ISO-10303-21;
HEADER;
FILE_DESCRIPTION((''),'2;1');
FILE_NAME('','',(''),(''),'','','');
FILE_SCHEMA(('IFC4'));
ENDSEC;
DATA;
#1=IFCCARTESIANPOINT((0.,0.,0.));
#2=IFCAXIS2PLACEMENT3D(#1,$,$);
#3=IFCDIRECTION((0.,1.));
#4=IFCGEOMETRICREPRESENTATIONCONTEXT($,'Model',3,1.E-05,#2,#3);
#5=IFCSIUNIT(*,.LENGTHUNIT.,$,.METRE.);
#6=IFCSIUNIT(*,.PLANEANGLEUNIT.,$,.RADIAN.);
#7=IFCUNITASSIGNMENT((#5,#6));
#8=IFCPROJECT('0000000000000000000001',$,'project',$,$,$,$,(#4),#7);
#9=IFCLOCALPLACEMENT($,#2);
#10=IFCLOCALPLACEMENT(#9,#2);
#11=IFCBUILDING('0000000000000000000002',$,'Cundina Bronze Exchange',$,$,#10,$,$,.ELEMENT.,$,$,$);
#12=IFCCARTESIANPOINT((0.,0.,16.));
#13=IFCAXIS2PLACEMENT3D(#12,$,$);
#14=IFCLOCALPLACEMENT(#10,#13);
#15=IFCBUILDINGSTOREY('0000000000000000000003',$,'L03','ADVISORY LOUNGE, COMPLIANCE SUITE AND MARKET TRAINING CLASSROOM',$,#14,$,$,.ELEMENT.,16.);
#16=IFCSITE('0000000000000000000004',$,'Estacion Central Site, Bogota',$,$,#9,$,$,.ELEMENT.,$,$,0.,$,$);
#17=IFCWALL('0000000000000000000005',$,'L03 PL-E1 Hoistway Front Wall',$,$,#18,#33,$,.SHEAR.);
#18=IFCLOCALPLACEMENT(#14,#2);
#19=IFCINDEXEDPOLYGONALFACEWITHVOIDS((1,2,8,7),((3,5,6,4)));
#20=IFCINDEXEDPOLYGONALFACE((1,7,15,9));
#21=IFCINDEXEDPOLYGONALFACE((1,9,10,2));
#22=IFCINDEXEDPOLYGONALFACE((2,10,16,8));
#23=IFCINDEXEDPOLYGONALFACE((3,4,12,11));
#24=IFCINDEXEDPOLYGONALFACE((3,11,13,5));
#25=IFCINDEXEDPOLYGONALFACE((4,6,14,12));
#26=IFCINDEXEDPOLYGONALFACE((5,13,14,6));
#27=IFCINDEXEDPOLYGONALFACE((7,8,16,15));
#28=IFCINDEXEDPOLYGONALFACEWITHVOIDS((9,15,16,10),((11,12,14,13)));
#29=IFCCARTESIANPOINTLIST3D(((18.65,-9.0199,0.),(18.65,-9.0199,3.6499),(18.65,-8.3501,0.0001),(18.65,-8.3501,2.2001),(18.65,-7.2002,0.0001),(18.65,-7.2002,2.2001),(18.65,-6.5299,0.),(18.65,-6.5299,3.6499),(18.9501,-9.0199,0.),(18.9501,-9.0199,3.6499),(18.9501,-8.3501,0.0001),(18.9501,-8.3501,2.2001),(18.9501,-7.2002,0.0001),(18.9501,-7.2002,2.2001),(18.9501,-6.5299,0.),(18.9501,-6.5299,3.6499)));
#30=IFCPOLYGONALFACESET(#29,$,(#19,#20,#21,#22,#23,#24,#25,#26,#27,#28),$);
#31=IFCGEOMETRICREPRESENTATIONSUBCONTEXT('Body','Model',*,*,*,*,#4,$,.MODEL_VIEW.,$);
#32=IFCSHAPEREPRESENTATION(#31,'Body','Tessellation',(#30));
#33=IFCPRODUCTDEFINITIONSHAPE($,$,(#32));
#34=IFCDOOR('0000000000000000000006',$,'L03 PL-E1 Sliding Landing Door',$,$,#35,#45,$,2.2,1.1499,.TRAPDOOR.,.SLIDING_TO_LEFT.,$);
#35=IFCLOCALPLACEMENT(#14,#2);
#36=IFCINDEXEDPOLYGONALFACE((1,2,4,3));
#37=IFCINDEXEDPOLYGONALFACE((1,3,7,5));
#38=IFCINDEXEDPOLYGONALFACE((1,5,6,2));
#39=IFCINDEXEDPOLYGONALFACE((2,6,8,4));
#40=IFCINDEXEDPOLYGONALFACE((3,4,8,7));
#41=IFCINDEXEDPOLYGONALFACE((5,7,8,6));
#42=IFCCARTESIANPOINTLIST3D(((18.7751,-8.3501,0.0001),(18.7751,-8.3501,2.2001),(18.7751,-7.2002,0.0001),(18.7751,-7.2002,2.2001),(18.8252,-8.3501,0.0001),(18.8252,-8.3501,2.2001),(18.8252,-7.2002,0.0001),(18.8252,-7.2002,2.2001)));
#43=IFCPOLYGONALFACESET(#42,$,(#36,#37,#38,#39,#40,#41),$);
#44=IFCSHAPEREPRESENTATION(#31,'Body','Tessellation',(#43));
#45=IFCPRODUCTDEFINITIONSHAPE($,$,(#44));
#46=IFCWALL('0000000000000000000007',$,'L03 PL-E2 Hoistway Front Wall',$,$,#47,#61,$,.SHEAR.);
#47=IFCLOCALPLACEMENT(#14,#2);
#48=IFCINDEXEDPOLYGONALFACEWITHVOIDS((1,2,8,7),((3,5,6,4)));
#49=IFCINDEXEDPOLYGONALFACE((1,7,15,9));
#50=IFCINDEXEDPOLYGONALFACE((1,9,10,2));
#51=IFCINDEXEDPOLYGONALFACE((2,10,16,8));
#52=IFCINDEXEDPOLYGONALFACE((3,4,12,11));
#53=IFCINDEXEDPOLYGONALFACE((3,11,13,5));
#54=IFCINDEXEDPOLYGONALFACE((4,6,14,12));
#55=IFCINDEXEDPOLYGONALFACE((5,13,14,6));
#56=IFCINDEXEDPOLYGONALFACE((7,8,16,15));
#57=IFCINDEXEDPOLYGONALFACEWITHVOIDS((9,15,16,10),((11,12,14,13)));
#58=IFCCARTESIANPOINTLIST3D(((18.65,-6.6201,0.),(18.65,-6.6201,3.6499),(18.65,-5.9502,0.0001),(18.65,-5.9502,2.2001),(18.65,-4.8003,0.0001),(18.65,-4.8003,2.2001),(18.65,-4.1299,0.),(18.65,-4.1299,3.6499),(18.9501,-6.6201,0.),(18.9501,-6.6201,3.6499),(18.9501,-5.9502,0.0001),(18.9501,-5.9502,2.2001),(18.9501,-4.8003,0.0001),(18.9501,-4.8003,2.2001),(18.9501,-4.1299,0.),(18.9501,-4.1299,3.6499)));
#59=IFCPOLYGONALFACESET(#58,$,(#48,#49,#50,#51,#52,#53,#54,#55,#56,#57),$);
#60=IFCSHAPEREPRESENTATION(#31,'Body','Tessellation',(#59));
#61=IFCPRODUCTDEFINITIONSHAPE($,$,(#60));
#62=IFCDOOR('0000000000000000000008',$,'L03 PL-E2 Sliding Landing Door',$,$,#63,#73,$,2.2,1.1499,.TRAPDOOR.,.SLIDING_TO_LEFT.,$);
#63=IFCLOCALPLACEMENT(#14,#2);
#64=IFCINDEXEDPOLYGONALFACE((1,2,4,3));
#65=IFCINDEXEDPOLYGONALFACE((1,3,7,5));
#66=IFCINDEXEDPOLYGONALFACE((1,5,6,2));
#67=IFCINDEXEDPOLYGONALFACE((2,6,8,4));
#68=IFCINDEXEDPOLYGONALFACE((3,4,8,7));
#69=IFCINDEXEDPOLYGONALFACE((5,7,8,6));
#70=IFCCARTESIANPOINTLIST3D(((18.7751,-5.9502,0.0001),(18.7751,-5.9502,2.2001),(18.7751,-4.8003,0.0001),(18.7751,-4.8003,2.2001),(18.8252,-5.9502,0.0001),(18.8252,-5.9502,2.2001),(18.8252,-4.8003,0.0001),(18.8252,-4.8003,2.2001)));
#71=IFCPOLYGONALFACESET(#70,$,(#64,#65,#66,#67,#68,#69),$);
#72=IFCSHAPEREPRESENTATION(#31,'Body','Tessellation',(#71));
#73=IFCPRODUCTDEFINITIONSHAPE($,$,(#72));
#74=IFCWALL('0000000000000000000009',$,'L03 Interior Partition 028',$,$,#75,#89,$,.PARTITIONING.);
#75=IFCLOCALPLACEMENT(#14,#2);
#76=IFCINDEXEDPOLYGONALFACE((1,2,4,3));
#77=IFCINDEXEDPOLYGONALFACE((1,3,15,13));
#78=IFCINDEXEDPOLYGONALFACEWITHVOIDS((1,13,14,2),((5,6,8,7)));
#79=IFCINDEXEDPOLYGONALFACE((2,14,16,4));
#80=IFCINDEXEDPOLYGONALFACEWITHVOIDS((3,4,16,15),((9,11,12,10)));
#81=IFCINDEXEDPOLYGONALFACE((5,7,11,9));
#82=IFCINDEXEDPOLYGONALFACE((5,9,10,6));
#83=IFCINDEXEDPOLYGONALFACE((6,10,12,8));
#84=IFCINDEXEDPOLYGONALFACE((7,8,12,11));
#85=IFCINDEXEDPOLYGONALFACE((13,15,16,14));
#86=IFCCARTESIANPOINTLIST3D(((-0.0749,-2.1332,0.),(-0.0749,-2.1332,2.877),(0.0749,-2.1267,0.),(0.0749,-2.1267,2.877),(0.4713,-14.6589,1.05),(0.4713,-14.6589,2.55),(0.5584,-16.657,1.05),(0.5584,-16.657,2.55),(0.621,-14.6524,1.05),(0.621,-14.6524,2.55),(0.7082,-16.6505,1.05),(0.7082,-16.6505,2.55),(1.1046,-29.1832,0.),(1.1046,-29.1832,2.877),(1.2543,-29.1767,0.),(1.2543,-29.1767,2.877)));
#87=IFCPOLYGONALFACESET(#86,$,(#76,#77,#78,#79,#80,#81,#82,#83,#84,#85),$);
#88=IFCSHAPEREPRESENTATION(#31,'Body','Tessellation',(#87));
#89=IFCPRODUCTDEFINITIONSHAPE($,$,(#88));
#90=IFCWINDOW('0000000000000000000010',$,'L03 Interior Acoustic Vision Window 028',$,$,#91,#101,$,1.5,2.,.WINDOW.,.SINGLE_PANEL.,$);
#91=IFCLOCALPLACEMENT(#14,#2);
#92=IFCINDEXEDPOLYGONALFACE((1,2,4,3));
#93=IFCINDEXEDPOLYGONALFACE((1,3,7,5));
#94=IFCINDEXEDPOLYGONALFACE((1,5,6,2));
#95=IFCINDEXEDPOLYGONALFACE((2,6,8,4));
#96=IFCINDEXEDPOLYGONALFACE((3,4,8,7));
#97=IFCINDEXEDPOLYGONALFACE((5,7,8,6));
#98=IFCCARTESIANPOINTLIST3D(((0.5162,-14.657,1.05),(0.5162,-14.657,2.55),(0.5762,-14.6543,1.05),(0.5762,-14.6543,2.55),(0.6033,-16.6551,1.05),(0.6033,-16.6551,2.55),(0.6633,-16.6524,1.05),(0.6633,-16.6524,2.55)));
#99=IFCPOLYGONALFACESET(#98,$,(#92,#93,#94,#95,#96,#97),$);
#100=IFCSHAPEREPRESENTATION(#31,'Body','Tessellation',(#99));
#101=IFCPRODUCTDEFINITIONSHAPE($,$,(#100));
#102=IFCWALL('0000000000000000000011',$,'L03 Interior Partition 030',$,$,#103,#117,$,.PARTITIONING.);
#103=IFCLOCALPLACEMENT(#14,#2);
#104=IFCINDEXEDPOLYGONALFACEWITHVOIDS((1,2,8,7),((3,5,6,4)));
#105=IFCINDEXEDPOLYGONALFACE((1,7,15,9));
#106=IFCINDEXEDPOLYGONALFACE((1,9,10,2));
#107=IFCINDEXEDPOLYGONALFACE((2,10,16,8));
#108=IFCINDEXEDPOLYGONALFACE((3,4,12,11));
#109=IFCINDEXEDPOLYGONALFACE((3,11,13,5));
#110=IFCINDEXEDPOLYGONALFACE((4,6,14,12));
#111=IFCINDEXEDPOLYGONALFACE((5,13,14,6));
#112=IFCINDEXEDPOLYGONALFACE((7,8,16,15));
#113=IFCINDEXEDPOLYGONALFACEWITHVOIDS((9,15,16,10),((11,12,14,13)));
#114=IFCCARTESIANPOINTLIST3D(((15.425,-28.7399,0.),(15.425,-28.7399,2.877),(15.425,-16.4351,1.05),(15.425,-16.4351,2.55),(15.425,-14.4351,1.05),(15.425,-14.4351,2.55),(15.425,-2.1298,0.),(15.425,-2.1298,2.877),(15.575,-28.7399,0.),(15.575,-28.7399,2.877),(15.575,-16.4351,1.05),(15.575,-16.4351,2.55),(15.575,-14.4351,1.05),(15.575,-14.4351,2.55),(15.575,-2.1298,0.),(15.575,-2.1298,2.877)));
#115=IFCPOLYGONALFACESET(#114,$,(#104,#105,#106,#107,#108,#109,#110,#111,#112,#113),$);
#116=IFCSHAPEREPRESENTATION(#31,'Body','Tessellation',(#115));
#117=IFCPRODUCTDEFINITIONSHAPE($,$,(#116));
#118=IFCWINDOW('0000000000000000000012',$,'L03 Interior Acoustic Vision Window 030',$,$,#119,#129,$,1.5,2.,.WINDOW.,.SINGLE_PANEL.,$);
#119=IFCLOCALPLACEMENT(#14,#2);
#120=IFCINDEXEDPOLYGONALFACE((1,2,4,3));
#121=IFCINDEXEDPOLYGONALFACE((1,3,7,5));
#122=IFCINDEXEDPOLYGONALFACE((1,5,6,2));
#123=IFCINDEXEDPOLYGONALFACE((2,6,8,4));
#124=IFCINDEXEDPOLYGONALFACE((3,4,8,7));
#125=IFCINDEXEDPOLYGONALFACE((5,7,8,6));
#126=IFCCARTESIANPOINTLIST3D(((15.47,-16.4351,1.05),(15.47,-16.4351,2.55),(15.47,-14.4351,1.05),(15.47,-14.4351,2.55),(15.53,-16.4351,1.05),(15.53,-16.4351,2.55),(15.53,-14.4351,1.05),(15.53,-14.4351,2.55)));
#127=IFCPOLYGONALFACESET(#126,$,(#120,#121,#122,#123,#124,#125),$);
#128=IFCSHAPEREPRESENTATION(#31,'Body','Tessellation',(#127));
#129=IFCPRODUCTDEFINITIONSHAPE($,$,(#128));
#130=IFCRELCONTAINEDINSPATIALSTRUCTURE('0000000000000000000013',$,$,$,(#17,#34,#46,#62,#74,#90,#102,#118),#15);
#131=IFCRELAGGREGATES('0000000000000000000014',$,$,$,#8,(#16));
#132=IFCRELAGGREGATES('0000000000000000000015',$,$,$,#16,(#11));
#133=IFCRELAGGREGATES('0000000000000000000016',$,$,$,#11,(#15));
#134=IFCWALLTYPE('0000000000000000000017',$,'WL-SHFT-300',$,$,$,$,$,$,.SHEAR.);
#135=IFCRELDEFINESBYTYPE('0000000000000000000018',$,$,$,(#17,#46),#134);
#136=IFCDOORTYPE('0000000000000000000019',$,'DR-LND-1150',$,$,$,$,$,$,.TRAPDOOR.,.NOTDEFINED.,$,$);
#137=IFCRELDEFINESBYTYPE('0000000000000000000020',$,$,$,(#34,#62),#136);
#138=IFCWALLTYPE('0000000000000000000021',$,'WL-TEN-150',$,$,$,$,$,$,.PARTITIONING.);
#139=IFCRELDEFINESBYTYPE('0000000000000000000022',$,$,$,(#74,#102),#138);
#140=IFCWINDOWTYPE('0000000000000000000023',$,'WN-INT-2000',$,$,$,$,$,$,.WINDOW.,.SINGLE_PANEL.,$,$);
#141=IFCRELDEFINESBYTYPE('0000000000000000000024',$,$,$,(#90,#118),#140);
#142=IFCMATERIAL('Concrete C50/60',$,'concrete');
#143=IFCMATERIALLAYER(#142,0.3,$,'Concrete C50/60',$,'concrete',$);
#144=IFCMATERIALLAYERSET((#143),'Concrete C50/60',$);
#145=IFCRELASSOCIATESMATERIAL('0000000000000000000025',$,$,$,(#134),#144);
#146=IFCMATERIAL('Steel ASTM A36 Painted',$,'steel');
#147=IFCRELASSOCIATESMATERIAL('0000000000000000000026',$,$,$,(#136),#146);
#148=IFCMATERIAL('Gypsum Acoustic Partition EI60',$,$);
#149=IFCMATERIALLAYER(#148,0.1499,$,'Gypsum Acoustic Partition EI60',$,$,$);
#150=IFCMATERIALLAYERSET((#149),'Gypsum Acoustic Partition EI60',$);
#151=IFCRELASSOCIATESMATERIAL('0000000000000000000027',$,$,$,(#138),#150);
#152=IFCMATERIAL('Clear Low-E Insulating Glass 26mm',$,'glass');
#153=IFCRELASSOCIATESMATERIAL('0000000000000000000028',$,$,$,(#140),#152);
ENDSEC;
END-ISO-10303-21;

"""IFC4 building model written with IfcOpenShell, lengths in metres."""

from ifc_helpers import new_model, si_unit, direction, frame, frame_2d, origin, place, context, subcontext, project, spatial, rectangle, extrude, material, layer, layer_set, type_object, element, fill, save


model = new_model("IFC4")

# Units and contexts
model_context = context("Model", 3, precision=1e-05, world=origin(), true_north=direction((0.0, 1.0)))
body_context = subcontext(model_context, "Body", "Model", "MODEL_VIEW")
ifc_project = project(units=[si_unit("LENGTHUNIT", "METRE"), si_unit("PLANEANGLEUNIT", "RADIAN")], contexts=[model_context])

# Site, building, storey
site_placement = place(None, origin())
site = spatial("IfcSite", under=ifc_project, at=site_placement, Name="Estacion Central Site, Bogota", CompositionType="ELEMENT", RefElevation=0.0)
building_placement = place(site_placement, origin())
building = spatial("IfcBuilding", under=site, at=building_placement, Name="Cundina Bronze Exchange", CompositionType="ELEMENT")
storey_placement = place(building_placement, frame((0.0, 0.0, 16.0)))
storey = spatial("IfcBuildingStorey", under=building, at=storey_placement, Name="L03", Description="ADVISORY LOUNGE, COMPLIANCE SUITE AND MARKET TRAINING CLASSROOM", CompositionType="ELEMENT", Elevation=16.0)

# Shared definitions
ifc_material_1 = material(Name="Concrete C50/60", Category="concrete")

# Shared definitions
ifc_layer_1 = layer(ifc_material_1, 0.3, Name="Concrete C50/60", Category="concrete")
ifc_layer_set_1 = layer_set([ifc_layer_1], Name="Concrete C50/60")
wall_type_1 = type_object("IfcWallType", Name="WL-SHFT-300", PredefinedType="SHEAR", material=ifc_layer_set_1)

# Walls, openings, doors
wall_1_placement = place(storey_placement, frame((18.8, -9.02, 0.0), z_axis=(0.0, 0.0, 1.0), x_axis=(0.0, 1.0, 0.0)))
wall_1 = element("IfcWall", 1, at=wall_1_placement, inside=storey, type_object=wall_type_1, Name="L03 PL-E1 Hoistway Front Wall", PredefinedType="SHEAR", context=body_context, shape_type="SweptSolid", body=[
    extrude(rectangle(XDim=2.49, YDim=0.3, at=frame_2d((1.2451, 0.0))), origin(), (0.0, 0.0, 1.0), 3.6499),
])
opening_1_placement = place(wall_1_placement, frame((0.6699, 0.0, 0.0)))
opening_1 = element("IfcOpeningElement", 2, at=opening_1_placement, cuts=wall_1, PredefinedType="OPENING", context=body_context, shape_type="SweptSolid", body=[
    extrude(rectangle(XDim=1.1499, YDim=2.2, at=frame_2d((0.575, 1.1001))), frame((0.0, 0.1599, 0.0), z_axis=(0.0, -1.0, 0.0), x_axis=(1.0, 0.0, 0.0)), (0.0, 0.0, 1.0), 0.3201),
])
ifc_material_2 = material(Name="Steel ASTM A36 Painted", Category="steel")
door_type_1 = type_object("IfcDoorType", Name="DR-LND-1150", OperationType="NOTDEFINED", PredefinedType="TRAPDOOR", material=ifc_material_2)
door_1_placement = place(opening_1_placement, origin())
door_1 = element("IfcDoor", 3, at=door_1_placement, inside=storey, type_object=door_type_1, Name="L03 PL-E1 Sliding Landing Door", OperationType="SLIDING_TO_LEFT", OverallHeight=2.2, OverallWidth=1.1499, PredefinedType="TRAPDOOR", context=body_context, shape_type="SweptSolid", body=[
    extrude(rectangle(XDim=1.1499, YDim=2.2, at=frame_2d((0.575, 1.1001))), frame((0.0, 0.0249, 0.0), z_axis=(0.0, -1.0, 0.0), x_axis=(1.0, 0.0, 0.0)), (0.0, 0.0, 1.0), 0.05),
])
fill(opening_1, door_1)
wall_2_placement = place(storey_placement, frame((18.8, -6.6201, 0.0), z_axis=(0.0, 0.0, 1.0), x_axis=(0.0, 1.0, 0.0)))
wall_2 = element("IfcWall", 4, at=wall_2_placement, inside=storey, type_object=wall_type_1, Name="L03 PL-E2 Hoistway Front Wall", PredefinedType="SHEAR", context=body_context, shape_type="SweptSolid", body=[
    extrude(rectangle(XDim=2.4902, YDim=0.3, at=frame_2d((1.2451, 0.0))), origin(), (0.0, 0.0, 1.0), 3.6499),
])
opening_2_placement = place(wall_2_placement, frame((0.6699, 0.0, 0.0)))
opening_2 = element("IfcOpeningElement", 5, at=opening_2_placement, cuts=wall_2, PredefinedType="OPENING", context=body_context, shape_type="SweptSolid", body=[
    extrude(rectangle(XDim=1.1499, YDim=2.2, at=frame_2d((0.575, 1.1001))), frame((0.0, 0.1599, 0.0), z_axis=(0.0, -1.0, 0.0), x_axis=(1.0, 0.0, 0.0)), (0.0, 0.0, 1.0), 0.3201),
])
door_2_placement = place(opening_2_placement, origin())
door_2 = element("IfcDoor", 6, at=door_2_placement, inside=storey, type_object=door_type_1, Name="L03 PL-E2 Sliding Landing Door", OperationType="SLIDING_TO_LEFT", OverallHeight=2.2, OverallWidth=1.1499, PredefinedType="TRAPDOOR", context=body_context, shape_type="SweptSolid", body=[
    extrude(rectangle(XDim=1.1499, YDim=2.2, at=frame_2d((0.575, 1.1001))), frame((0.0, 0.0249, 0.0), z_axis=(0.0, -1.0, 0.0), x_axis=(1.0, 0.0, 0.0)), (0.0, 0.0, 1.0), 0.05),
])
fill(opening_2, door_2)

# Walls, openings, windows
ifc_material_3 = material(Name="Gypsum Acoustic Partition EI60")
ifc_layer_2 = layer(ifc_material_3, 0.1499, Name="Gypsum Acoustic Partition EI60")
ifc_layer_set_2 = layer_set([ifc_layer_2], Name="Gypsum Acoustic Partition EI60")
wall_type_2 = type_object("IfcWallType", Name="WL-TEN-150", PredefinedType="PARTITIONING", material=ifc_layer_set_2)
wall_3_placement = place(storey_placement, frame((1.1794, -29.1799, 0.0), z_axis=(0.0, 0.0, 1.0), x_axis=(-0.043561, 0.999051, 0.0)))
wall_3 = element("IfcWall", 7, at=wall_3_placement, inside=storey, type_object=wall_type_2, Name="L03 Interior Partition 028", PredefinedType="PARTITIONING", context=body_context, shape_type="SweptSolid", body=[
    extrude(rectangle(XDim=27.0757, YDim=0.1499, at=frame_2d((13.5378, 0.0))), origin(), (0.0, 0.0, 1.0), 2.877),
])
opening_3_placement = place(wall_3_placement, frame((12.5381, 0.0, 1.05)))
opening_3 = element("IfcOpeningElement", 8, at=opening_3_placement, cuts=wall_3, PredefinedType="OPENING", context=body_context, shape_type="SweptSolid", body=[
    extrude(rectangle(XDim=2.0, YDim=1.5, at=frame_2d((1.0, 0.75))), frame((0.0, 0.085, 0.0), z_axis=(0.0, -1.0, 0.0), x_axis=(1.0, 0.0, 0.0)), (0.0, 0.0, 1.0), 0.1699),
])
ifc_material_4 = material(Name="Clear Low-E Insulating Glass 26mm", Category="glass")
window_type_1 = type_object("IfcWindowType", Name="WN-INT-2000", PartitioningType="SINGLE_PANEL", PredefinedType="WINDOW", material=ifc_material_4)
window_1_placement = place(opening_3_placement, origin())
window_1 = element("IfcWindow", 9, at=window_1_placement, inside=storey, type_object=window_type_1, Name="L03 Interior Acoustic Vision Window 028", OverallHeight=1.5, OverallWidth=2.0, PartitioningType="SINGLE_PANEL", PredefinedType="WINDOW", context=body_context, shape_type="SweptSolid", body=[
    extrude(rectangle(XDim=2.0, YDim=1.5, at=frame_2d((1.0, 0.75))), frame((0.0, 0.03, 0.0), z_axis=(0.0, -1.0, 0.0), x_axis=(1.0, 0.0, 0.0)), (0.0, 0.0, 1.0), 0.0601),
])
fill(opening_3, window_1)
wall_4_placement = place(storey_placement, frame((15.5, -28.74, 0.0), z_axis=(0.0, 0.0, 1.0), x_axis=(0.0, 1.0, 0.0)))
wall_4 = element("IfcWall", 10, at=wall_4_placement, inside=storey, type_object=wall_type_2, Name="L03 Interior Partition 030", PredefinedType="PARTITIONING", context=body_context, shape_type="SweptSolid", body=[
    extrude(rectangle(XDim=26.6101, YDim=0.1499, at=frame_2d((13.3052, 0.0))), origin(), (0.0, 0.0, 1.0), 2.877),
])
opening_4_placement = place(wall_4_placement, frame((12.3049, 0.0, 1.05)))
opening_4 = element("IfcOpeningElement", 11, at=opening_4_placement, cuts=wall_4, PredefinedType="OPENING", context=body_context, shape_type="SweptSolid", body=[
    extrude(rectangle(XDim=2.0, YDim=1.5, at=frame_2d((1.0, 0.75))), frame((0.0, 0.085, 0.0), z_axis=(0.0, -1.0, 0.0), x_axis=(1.0, 0.0, 0.0)), (0.0, 0.0, 1.0), 0.1699),
])
window_2_placement = place(opening_4_placement, origin())
window_2 = element("IfcWindow", 12, at=window_2_placement, inside=storey, type_object=window_type_1, Name="L03 Interior Acoustic Vision Window 030", OverallHeight=1.5, OverallWidth=2.0, PartitioningType="SINGLE_PANEL", PredefinedType="WINDOW", context=body_context, shape_type="SweptSolid", body=[
    extrude(rectangle(XDim=2.0, YDim=1.5, at=frame_2d((1.0, 0.75))), frame((0.0, 0.03, 0.0), z_axis=(0.0, -1.0, 0.0), x_axis=(1.0, 0.0, 0.0)), (0.0, 0.0, 1.0), 0.0601),
])
fill(opening_4, window_2)

save(model, "model.ifc")
